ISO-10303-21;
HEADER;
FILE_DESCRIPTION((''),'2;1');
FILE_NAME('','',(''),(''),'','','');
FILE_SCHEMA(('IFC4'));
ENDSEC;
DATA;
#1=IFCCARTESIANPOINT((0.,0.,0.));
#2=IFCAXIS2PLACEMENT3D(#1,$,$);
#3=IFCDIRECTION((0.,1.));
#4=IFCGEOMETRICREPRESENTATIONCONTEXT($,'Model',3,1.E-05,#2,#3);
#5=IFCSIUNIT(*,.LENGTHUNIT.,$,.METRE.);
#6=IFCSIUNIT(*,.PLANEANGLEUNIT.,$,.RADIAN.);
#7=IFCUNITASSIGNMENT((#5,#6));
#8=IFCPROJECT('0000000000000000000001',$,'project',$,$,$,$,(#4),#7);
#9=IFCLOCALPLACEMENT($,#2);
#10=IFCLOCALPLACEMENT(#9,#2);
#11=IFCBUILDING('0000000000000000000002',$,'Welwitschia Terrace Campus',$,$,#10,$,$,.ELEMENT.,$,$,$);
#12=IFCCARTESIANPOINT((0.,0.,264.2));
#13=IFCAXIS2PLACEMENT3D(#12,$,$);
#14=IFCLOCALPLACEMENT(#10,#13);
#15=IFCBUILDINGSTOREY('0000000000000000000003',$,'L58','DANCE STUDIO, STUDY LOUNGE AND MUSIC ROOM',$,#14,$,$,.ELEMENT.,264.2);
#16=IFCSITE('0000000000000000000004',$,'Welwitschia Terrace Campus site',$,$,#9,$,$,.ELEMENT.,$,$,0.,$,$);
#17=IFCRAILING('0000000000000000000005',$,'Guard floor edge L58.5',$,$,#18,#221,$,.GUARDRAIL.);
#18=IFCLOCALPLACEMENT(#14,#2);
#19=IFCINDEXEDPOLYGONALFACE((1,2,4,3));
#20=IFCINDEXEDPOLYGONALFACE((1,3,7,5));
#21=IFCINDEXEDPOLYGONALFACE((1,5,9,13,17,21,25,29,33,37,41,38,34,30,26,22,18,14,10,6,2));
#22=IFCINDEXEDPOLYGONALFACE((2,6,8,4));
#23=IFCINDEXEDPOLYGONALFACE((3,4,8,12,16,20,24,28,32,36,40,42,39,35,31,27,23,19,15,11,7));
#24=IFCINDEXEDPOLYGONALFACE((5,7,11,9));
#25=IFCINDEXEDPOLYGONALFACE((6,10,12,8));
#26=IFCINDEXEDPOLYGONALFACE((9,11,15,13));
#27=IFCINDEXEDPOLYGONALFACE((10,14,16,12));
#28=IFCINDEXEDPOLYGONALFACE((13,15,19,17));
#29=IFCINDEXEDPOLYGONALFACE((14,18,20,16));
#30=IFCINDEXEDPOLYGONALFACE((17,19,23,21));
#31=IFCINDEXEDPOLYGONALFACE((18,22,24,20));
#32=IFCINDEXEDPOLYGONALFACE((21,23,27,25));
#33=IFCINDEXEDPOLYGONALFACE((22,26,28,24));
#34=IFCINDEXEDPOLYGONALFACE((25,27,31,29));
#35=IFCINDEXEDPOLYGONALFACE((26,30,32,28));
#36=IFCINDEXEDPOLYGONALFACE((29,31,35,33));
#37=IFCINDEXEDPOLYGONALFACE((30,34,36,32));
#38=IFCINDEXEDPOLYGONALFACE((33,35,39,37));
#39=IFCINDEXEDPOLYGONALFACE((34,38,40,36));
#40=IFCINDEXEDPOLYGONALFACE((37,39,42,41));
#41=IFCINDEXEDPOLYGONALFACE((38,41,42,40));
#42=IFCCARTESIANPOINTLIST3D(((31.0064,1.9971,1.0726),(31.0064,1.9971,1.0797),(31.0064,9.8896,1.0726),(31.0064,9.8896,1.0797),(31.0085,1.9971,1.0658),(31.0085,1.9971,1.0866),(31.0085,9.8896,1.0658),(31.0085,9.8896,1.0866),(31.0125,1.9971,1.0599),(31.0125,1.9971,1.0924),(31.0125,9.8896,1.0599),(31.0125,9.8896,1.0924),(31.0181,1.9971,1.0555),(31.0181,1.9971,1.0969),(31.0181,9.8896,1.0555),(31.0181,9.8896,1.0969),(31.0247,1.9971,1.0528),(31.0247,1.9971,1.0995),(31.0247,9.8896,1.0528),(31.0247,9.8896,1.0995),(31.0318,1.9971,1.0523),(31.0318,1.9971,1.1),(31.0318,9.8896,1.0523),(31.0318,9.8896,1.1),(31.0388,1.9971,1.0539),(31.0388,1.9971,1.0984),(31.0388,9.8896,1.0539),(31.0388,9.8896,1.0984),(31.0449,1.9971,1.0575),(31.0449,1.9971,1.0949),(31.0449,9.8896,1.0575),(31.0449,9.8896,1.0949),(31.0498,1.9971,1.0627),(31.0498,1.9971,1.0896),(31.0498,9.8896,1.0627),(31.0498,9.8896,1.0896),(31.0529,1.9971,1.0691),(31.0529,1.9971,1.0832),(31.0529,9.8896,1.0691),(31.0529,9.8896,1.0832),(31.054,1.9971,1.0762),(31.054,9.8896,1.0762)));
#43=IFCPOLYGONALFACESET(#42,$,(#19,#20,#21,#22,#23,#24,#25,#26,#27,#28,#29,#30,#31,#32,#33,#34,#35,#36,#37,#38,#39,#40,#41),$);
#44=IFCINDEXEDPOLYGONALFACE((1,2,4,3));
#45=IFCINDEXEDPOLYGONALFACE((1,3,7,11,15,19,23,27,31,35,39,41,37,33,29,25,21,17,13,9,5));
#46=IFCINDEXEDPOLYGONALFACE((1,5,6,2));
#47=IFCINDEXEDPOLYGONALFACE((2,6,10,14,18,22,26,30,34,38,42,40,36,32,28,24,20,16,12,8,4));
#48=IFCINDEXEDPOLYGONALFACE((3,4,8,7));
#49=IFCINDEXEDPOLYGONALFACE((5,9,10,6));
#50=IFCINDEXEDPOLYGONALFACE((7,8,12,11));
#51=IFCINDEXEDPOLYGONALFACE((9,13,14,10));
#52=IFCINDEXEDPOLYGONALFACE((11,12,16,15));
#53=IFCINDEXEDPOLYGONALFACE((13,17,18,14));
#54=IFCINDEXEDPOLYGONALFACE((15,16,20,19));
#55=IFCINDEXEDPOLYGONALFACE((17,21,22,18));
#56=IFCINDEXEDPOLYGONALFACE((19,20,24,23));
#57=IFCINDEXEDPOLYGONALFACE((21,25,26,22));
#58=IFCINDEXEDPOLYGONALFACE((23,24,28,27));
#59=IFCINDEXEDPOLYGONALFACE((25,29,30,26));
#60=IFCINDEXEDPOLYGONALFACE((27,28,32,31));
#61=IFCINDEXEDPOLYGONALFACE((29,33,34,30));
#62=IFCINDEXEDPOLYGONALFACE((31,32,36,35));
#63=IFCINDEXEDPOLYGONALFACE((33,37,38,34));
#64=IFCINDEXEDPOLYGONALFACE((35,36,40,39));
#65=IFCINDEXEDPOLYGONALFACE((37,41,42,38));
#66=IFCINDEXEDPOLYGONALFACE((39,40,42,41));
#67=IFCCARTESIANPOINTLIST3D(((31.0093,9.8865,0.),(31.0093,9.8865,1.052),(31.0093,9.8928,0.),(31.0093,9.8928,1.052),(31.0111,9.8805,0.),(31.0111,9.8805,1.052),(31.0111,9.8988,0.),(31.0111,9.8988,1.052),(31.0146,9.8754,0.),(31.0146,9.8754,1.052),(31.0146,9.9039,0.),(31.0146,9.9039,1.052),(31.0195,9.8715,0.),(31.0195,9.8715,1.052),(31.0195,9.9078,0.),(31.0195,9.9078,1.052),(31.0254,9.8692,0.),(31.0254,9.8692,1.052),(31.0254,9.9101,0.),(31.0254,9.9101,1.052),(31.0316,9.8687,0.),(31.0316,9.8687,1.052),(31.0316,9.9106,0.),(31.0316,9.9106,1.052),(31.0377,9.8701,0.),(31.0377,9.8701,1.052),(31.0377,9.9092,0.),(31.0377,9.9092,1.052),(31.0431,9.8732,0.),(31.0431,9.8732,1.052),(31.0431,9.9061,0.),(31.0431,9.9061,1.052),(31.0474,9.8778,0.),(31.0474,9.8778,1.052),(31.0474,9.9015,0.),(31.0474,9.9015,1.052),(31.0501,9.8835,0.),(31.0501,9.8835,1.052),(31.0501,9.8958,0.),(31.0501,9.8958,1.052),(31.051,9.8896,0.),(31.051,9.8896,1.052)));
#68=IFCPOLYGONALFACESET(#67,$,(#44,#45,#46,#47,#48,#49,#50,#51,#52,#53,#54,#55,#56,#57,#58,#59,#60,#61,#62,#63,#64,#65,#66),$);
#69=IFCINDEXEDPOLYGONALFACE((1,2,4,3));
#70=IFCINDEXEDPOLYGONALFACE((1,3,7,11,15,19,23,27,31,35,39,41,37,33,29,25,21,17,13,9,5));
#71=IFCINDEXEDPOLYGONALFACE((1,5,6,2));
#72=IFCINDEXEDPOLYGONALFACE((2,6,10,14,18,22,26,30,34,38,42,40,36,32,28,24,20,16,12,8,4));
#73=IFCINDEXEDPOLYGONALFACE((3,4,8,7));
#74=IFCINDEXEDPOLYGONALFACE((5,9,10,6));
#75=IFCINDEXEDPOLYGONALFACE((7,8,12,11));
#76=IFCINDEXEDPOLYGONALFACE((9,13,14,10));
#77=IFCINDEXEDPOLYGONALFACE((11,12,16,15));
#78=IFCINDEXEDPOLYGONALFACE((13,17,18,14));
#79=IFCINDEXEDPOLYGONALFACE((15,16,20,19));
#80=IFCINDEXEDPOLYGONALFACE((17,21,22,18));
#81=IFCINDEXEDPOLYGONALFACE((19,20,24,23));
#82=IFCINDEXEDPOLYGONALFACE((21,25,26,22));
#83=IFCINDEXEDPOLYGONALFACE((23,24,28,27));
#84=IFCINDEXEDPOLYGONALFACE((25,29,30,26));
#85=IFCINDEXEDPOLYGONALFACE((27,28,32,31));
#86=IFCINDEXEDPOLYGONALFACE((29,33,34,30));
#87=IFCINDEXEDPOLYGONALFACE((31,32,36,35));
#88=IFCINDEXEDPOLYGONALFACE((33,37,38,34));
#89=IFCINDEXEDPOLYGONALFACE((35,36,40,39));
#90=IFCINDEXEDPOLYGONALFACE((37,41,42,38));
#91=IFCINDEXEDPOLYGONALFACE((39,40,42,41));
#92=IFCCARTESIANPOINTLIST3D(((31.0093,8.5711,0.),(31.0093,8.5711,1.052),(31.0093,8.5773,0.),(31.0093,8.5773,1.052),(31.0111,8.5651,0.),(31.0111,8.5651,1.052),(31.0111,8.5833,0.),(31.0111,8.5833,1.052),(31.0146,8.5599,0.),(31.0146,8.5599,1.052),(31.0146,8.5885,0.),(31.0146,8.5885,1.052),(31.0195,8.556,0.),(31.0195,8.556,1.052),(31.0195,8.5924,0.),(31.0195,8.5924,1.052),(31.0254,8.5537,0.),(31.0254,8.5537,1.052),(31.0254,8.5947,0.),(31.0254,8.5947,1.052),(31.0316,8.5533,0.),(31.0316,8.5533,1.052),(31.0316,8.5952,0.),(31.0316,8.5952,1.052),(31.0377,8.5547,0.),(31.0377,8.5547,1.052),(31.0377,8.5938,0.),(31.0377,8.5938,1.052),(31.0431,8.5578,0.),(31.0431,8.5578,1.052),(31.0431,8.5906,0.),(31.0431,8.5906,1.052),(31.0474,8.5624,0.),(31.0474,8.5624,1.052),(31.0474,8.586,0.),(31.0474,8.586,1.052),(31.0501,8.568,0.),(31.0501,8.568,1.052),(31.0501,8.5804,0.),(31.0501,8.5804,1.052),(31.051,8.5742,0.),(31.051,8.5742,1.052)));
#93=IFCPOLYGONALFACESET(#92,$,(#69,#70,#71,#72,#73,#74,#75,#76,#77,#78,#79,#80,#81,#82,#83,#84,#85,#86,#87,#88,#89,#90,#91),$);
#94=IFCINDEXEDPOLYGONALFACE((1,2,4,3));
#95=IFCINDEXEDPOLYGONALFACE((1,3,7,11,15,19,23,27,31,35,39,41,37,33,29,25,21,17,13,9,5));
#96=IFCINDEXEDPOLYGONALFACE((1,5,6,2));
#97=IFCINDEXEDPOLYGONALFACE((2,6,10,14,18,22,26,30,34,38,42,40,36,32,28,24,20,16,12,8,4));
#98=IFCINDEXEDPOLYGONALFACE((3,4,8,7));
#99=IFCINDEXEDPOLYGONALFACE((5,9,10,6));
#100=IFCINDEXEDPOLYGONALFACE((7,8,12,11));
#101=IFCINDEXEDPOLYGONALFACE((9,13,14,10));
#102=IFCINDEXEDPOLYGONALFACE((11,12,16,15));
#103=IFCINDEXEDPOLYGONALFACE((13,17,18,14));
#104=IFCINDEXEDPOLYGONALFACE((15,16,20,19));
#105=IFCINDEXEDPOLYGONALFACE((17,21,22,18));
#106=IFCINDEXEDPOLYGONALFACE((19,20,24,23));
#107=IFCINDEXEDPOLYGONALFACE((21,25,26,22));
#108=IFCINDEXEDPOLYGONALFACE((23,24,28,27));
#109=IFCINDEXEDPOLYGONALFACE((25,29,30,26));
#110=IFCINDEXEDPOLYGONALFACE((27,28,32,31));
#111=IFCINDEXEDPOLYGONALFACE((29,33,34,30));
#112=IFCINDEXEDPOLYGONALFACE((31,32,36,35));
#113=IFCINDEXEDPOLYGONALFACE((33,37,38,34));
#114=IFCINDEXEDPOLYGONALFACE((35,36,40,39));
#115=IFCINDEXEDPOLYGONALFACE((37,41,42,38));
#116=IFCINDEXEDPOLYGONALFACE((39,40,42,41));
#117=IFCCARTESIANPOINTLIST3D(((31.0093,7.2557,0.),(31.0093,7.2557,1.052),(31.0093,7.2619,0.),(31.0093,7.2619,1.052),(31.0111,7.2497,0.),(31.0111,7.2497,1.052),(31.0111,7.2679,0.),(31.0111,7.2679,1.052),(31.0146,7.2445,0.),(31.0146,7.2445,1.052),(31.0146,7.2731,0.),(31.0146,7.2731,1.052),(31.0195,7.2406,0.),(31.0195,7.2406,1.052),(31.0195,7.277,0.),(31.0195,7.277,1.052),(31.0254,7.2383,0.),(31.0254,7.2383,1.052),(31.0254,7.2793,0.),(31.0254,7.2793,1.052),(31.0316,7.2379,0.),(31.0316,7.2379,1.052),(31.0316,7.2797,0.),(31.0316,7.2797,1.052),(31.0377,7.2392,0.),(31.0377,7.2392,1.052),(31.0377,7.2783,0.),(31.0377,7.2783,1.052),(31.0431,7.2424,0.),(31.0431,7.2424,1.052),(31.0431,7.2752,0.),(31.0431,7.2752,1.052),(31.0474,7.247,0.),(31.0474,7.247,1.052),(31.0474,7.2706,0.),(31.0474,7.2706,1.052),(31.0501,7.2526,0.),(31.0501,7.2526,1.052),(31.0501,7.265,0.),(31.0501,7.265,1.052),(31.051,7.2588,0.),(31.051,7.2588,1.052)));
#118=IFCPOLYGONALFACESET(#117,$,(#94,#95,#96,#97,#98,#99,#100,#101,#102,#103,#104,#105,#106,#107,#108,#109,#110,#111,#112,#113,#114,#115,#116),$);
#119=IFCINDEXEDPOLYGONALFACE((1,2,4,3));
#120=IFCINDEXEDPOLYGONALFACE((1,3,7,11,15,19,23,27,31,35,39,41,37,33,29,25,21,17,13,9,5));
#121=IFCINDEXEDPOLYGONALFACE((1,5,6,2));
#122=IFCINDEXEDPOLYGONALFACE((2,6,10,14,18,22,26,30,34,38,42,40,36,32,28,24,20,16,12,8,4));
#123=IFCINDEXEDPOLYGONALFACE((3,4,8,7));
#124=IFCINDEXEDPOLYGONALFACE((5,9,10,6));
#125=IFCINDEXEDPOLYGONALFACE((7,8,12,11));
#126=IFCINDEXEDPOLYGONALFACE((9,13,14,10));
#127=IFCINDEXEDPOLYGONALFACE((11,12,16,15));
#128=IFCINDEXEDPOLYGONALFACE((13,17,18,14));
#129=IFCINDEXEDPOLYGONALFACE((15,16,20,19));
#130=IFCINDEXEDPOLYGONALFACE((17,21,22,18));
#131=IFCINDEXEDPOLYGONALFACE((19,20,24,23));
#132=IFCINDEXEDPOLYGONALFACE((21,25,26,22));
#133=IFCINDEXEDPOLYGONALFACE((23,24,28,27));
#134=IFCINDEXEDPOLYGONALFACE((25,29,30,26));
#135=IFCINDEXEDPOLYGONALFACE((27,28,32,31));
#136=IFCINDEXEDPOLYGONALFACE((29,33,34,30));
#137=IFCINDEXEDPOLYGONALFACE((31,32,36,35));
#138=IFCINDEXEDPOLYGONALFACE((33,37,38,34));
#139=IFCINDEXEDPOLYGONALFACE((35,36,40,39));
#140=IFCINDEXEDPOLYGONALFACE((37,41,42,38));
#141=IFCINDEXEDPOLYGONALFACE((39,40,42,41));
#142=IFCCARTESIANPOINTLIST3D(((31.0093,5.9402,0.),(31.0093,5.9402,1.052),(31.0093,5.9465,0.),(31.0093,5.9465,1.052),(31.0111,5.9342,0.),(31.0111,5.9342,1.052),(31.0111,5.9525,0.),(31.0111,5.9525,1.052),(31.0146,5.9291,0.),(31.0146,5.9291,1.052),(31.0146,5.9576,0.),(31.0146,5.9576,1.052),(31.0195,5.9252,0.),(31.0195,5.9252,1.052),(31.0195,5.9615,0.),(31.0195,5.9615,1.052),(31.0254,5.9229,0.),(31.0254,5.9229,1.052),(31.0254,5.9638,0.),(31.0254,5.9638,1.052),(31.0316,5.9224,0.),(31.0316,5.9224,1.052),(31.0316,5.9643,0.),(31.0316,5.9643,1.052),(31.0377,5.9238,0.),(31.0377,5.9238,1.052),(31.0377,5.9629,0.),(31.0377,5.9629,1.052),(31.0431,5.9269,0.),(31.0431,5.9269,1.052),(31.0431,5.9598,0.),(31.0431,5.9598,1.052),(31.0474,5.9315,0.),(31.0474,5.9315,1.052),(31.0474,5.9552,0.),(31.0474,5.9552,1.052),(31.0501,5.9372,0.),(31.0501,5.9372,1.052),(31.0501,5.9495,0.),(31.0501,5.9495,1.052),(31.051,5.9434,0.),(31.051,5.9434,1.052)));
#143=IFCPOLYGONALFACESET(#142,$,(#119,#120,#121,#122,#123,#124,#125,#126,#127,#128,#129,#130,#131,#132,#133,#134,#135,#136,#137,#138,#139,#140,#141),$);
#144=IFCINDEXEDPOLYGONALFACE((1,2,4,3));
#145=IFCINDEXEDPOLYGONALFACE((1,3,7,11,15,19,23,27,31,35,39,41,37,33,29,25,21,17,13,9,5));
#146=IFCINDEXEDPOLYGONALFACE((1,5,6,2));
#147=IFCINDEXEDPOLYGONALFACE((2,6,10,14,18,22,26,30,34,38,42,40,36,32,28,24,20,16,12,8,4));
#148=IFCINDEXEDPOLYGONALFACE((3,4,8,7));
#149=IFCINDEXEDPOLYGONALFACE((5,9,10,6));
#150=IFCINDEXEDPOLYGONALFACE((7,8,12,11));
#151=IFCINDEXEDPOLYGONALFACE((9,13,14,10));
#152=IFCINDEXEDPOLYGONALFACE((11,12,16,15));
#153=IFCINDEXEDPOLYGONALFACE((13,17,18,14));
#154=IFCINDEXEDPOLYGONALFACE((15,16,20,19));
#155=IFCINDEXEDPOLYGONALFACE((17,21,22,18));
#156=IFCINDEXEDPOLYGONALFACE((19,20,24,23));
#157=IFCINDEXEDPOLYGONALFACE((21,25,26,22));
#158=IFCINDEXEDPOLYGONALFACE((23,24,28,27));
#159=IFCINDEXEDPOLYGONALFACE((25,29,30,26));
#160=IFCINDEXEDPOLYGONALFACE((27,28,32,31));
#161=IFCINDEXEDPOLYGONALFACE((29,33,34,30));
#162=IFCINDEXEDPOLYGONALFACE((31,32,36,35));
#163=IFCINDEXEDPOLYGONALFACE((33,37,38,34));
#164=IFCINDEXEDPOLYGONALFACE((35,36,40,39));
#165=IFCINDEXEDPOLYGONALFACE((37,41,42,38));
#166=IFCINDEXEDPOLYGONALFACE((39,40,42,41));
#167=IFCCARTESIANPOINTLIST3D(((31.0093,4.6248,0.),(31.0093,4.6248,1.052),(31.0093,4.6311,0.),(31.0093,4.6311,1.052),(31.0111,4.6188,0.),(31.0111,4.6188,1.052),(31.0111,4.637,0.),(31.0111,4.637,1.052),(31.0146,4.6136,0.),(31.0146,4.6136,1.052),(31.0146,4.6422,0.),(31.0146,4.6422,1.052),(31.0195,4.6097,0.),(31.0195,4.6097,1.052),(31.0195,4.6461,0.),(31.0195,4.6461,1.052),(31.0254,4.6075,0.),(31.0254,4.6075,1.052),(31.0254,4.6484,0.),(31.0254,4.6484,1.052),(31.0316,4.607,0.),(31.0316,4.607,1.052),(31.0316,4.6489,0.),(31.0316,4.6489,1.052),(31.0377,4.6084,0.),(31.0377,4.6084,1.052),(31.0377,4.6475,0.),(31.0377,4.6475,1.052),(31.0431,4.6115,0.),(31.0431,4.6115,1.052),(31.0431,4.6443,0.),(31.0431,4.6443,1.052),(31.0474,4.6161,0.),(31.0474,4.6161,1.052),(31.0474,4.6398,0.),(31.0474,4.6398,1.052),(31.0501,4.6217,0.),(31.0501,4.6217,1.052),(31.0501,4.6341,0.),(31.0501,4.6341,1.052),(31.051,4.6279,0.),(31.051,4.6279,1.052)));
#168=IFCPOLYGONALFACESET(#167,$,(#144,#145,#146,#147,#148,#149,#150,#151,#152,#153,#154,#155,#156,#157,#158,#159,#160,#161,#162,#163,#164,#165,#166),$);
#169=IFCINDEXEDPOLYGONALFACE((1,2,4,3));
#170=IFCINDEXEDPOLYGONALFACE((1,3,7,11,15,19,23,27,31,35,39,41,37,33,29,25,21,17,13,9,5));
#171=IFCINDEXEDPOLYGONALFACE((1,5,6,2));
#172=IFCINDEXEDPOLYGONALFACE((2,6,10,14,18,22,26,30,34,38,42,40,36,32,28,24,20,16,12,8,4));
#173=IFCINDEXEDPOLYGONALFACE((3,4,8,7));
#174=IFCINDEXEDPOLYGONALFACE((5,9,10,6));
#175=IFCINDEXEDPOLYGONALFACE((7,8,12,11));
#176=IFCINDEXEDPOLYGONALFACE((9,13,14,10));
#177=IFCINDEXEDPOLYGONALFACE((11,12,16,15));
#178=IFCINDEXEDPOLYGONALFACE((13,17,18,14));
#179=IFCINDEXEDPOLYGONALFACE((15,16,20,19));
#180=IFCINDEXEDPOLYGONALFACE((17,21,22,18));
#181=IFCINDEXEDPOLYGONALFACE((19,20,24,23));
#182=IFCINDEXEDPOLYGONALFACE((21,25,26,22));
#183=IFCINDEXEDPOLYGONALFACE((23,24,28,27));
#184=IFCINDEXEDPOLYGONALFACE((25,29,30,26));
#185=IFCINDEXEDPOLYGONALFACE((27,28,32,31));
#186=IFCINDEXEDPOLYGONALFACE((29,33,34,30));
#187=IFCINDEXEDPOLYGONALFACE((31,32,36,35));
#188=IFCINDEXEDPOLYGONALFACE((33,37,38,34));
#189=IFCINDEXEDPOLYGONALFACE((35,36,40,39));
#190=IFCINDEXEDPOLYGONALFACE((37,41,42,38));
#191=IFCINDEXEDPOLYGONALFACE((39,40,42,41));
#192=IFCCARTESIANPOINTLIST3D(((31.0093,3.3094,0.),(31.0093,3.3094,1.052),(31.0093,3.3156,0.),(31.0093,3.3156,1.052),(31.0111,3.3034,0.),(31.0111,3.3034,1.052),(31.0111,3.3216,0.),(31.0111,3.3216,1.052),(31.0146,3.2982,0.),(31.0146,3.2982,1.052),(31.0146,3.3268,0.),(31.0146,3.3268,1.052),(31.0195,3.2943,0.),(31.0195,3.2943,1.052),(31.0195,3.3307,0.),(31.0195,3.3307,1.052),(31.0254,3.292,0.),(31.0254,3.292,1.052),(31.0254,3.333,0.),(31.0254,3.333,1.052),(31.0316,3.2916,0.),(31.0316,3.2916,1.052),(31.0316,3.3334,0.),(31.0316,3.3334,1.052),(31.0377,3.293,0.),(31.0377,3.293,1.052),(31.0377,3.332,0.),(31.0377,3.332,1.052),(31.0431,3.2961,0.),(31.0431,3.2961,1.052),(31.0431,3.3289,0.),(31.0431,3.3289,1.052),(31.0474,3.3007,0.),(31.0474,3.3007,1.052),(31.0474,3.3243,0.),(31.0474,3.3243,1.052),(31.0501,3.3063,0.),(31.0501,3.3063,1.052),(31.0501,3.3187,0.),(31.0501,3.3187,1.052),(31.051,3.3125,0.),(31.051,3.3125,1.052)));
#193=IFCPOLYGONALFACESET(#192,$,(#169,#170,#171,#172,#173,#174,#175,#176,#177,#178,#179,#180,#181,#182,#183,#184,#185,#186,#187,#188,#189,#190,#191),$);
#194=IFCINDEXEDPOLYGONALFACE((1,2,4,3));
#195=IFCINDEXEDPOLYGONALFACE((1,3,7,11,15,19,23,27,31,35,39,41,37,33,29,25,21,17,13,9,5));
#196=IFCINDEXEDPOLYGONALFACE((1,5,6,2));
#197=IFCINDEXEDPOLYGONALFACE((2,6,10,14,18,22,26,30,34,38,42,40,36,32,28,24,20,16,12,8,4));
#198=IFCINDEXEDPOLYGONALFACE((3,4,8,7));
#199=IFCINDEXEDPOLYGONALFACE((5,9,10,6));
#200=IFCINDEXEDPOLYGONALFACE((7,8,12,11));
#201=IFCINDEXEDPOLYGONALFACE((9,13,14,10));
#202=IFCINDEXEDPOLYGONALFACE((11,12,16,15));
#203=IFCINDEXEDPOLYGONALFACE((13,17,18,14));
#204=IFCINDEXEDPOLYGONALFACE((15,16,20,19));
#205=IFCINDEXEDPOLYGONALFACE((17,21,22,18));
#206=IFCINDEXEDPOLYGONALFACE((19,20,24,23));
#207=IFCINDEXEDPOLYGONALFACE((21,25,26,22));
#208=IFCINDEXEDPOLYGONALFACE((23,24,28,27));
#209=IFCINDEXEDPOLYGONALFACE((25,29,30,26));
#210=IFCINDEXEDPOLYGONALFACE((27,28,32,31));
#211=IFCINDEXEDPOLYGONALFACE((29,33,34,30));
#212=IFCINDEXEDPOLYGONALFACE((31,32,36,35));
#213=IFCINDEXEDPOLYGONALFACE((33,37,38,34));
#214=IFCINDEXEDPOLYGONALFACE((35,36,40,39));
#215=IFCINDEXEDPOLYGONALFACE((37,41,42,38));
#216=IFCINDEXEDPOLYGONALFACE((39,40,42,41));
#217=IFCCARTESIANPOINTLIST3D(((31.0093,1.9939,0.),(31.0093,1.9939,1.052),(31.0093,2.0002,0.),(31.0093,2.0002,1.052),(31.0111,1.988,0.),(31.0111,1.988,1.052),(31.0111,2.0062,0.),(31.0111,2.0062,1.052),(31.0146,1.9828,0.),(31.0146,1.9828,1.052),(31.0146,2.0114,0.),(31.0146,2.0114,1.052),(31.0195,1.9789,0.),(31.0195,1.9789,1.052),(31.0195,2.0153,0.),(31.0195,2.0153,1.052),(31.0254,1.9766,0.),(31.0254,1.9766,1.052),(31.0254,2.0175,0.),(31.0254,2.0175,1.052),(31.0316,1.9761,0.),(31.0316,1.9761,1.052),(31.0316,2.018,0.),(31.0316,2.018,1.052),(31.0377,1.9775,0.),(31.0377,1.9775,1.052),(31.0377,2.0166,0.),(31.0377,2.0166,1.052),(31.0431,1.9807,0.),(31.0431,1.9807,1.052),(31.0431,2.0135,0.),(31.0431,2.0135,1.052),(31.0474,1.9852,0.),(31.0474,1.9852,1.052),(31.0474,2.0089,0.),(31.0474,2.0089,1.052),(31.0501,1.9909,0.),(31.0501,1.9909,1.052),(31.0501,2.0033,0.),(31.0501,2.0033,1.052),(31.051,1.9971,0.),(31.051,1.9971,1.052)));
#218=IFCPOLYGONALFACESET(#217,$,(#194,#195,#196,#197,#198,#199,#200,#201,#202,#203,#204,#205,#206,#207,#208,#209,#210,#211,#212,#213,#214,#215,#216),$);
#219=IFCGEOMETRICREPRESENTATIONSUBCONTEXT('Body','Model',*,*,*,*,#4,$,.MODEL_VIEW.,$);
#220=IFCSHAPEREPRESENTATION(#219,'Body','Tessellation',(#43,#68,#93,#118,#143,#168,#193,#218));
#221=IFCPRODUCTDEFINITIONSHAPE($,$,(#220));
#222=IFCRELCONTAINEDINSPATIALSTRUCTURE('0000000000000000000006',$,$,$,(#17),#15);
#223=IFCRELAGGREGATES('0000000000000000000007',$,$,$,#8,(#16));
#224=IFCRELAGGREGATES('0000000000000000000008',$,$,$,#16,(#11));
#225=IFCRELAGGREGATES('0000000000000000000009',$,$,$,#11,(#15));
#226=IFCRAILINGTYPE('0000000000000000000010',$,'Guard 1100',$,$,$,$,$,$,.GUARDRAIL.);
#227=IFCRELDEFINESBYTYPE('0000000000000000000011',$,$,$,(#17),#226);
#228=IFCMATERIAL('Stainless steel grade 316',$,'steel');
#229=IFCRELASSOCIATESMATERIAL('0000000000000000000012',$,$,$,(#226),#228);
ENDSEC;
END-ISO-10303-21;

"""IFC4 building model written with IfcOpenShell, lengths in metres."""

from ifc_helpers import new_model, si_unit, direction, frame, origin, origin_2d, place, context, subcontext, project, spatial, circle, extrude, material, type_object, element, save


model = new_model("IFC4")

# Units and contexts
model_context = context("Model", 3, precision=1e-05, world=origin(), true_north=direction((0.0, 1.0)))
body_context = subcontext(model_context, "Body", "Model", "MODEL_VIEW")
ifc_project = project(units=[si_unit("LENGTHUNIT", "METRE"), si_unit("PLANEANGLEUNIT", "RADIAN")], contexts=[model_context])

# Site, building, storey
site_placement = place(None, origin())
site = spatial("IfcSite", under=ifc_project, at=site_placement, Name="Welwitschia Terrace Campus site", CompositionType="ELEMENT", RefElevation=0.0)
building_placement = place(site_placement, origin())
building = spatial("IfcBuilding", under=site, at=building_placement, Name="Welwitschia Terrace Campus", CompositionType="ELEMENT")
storey_placement = place(building_placement, frame((0.0, 0.0, 264.2)))
storey = spatial("IfcBuildingStorey", under=building, at=storey_placement, Name="L58", Description="DANCE STUDIO, STUDY LOUNGE AND MUSIC ROOM", CompositionType="ELEMENT", Elevation=264.2)

# Railing
ifc_material_1 = material(Name="Stainless steel grade 316", Category="steel")
railing_type = type_object("IfcRailingType", Name="Guard 1100", PredefinedType="GUARDRAIL", material=ifc_material_1)
railing_1_placement = place(storey_placement, frame((31.03, 9.8896, 0.0)))
element("IfcRailing", 1, at=railing_1_placement, inside=storey, type_object=railing_type, Name="Guard floor edge L58.5", PredefinedType="GUARDRAIL", context=body_context, shape_type="SweptSolid", body=[
    extrude(circle(Radius=0.0239, at=origin_2d()), frame((0.0, 0.0, 1.0762), z_axis=(0.0, -1.0, 0.0), x_axis=(1.0, 0.0, 0.0)), (0.0, 0.0, 1.0), 7.8926),
    extrude(circle(Radius=0.021, at=origin_2d()), origin(), (0.0, 0.0, 1.0), 1.052),
    extrude(circle(Radius=0.021, at=origin_2d()), frame((0.0, -1.3154, 0.0)), (0.0, 0.0, 1.0), 1.052),
    extrude(circle(Radius=0.021, at=origin_2d()), frame((0.0, -2.6309, 0.0)), (0.0, 0.0, 1.0), 1.052),
    extrude(circle(Radius=0.021, at=origin_2d()), frame((0.0, -3.9463, 0.0)), (0.0, 0.0, 1.0), 1.052),
    extrude(circle(Radius=0.021, at=origin_2d()), frame((0.0, -5.2617, 0.0)), (0.0, 0.0, 1.0), 1.052),
    extrude(circle(Radius=0.021, at=origin_2d()), frame((0.0, -6.5771, 0.0)), (0.0, 0.0, 1.0), 1.052),
    extrude(circle(Radius=0.021, at=origin_2d()), frame((0.0, -7.8926, 0.0)), (0.0, 0.0, 1.0), 1.052),
])

save(model, "model.ifc")
